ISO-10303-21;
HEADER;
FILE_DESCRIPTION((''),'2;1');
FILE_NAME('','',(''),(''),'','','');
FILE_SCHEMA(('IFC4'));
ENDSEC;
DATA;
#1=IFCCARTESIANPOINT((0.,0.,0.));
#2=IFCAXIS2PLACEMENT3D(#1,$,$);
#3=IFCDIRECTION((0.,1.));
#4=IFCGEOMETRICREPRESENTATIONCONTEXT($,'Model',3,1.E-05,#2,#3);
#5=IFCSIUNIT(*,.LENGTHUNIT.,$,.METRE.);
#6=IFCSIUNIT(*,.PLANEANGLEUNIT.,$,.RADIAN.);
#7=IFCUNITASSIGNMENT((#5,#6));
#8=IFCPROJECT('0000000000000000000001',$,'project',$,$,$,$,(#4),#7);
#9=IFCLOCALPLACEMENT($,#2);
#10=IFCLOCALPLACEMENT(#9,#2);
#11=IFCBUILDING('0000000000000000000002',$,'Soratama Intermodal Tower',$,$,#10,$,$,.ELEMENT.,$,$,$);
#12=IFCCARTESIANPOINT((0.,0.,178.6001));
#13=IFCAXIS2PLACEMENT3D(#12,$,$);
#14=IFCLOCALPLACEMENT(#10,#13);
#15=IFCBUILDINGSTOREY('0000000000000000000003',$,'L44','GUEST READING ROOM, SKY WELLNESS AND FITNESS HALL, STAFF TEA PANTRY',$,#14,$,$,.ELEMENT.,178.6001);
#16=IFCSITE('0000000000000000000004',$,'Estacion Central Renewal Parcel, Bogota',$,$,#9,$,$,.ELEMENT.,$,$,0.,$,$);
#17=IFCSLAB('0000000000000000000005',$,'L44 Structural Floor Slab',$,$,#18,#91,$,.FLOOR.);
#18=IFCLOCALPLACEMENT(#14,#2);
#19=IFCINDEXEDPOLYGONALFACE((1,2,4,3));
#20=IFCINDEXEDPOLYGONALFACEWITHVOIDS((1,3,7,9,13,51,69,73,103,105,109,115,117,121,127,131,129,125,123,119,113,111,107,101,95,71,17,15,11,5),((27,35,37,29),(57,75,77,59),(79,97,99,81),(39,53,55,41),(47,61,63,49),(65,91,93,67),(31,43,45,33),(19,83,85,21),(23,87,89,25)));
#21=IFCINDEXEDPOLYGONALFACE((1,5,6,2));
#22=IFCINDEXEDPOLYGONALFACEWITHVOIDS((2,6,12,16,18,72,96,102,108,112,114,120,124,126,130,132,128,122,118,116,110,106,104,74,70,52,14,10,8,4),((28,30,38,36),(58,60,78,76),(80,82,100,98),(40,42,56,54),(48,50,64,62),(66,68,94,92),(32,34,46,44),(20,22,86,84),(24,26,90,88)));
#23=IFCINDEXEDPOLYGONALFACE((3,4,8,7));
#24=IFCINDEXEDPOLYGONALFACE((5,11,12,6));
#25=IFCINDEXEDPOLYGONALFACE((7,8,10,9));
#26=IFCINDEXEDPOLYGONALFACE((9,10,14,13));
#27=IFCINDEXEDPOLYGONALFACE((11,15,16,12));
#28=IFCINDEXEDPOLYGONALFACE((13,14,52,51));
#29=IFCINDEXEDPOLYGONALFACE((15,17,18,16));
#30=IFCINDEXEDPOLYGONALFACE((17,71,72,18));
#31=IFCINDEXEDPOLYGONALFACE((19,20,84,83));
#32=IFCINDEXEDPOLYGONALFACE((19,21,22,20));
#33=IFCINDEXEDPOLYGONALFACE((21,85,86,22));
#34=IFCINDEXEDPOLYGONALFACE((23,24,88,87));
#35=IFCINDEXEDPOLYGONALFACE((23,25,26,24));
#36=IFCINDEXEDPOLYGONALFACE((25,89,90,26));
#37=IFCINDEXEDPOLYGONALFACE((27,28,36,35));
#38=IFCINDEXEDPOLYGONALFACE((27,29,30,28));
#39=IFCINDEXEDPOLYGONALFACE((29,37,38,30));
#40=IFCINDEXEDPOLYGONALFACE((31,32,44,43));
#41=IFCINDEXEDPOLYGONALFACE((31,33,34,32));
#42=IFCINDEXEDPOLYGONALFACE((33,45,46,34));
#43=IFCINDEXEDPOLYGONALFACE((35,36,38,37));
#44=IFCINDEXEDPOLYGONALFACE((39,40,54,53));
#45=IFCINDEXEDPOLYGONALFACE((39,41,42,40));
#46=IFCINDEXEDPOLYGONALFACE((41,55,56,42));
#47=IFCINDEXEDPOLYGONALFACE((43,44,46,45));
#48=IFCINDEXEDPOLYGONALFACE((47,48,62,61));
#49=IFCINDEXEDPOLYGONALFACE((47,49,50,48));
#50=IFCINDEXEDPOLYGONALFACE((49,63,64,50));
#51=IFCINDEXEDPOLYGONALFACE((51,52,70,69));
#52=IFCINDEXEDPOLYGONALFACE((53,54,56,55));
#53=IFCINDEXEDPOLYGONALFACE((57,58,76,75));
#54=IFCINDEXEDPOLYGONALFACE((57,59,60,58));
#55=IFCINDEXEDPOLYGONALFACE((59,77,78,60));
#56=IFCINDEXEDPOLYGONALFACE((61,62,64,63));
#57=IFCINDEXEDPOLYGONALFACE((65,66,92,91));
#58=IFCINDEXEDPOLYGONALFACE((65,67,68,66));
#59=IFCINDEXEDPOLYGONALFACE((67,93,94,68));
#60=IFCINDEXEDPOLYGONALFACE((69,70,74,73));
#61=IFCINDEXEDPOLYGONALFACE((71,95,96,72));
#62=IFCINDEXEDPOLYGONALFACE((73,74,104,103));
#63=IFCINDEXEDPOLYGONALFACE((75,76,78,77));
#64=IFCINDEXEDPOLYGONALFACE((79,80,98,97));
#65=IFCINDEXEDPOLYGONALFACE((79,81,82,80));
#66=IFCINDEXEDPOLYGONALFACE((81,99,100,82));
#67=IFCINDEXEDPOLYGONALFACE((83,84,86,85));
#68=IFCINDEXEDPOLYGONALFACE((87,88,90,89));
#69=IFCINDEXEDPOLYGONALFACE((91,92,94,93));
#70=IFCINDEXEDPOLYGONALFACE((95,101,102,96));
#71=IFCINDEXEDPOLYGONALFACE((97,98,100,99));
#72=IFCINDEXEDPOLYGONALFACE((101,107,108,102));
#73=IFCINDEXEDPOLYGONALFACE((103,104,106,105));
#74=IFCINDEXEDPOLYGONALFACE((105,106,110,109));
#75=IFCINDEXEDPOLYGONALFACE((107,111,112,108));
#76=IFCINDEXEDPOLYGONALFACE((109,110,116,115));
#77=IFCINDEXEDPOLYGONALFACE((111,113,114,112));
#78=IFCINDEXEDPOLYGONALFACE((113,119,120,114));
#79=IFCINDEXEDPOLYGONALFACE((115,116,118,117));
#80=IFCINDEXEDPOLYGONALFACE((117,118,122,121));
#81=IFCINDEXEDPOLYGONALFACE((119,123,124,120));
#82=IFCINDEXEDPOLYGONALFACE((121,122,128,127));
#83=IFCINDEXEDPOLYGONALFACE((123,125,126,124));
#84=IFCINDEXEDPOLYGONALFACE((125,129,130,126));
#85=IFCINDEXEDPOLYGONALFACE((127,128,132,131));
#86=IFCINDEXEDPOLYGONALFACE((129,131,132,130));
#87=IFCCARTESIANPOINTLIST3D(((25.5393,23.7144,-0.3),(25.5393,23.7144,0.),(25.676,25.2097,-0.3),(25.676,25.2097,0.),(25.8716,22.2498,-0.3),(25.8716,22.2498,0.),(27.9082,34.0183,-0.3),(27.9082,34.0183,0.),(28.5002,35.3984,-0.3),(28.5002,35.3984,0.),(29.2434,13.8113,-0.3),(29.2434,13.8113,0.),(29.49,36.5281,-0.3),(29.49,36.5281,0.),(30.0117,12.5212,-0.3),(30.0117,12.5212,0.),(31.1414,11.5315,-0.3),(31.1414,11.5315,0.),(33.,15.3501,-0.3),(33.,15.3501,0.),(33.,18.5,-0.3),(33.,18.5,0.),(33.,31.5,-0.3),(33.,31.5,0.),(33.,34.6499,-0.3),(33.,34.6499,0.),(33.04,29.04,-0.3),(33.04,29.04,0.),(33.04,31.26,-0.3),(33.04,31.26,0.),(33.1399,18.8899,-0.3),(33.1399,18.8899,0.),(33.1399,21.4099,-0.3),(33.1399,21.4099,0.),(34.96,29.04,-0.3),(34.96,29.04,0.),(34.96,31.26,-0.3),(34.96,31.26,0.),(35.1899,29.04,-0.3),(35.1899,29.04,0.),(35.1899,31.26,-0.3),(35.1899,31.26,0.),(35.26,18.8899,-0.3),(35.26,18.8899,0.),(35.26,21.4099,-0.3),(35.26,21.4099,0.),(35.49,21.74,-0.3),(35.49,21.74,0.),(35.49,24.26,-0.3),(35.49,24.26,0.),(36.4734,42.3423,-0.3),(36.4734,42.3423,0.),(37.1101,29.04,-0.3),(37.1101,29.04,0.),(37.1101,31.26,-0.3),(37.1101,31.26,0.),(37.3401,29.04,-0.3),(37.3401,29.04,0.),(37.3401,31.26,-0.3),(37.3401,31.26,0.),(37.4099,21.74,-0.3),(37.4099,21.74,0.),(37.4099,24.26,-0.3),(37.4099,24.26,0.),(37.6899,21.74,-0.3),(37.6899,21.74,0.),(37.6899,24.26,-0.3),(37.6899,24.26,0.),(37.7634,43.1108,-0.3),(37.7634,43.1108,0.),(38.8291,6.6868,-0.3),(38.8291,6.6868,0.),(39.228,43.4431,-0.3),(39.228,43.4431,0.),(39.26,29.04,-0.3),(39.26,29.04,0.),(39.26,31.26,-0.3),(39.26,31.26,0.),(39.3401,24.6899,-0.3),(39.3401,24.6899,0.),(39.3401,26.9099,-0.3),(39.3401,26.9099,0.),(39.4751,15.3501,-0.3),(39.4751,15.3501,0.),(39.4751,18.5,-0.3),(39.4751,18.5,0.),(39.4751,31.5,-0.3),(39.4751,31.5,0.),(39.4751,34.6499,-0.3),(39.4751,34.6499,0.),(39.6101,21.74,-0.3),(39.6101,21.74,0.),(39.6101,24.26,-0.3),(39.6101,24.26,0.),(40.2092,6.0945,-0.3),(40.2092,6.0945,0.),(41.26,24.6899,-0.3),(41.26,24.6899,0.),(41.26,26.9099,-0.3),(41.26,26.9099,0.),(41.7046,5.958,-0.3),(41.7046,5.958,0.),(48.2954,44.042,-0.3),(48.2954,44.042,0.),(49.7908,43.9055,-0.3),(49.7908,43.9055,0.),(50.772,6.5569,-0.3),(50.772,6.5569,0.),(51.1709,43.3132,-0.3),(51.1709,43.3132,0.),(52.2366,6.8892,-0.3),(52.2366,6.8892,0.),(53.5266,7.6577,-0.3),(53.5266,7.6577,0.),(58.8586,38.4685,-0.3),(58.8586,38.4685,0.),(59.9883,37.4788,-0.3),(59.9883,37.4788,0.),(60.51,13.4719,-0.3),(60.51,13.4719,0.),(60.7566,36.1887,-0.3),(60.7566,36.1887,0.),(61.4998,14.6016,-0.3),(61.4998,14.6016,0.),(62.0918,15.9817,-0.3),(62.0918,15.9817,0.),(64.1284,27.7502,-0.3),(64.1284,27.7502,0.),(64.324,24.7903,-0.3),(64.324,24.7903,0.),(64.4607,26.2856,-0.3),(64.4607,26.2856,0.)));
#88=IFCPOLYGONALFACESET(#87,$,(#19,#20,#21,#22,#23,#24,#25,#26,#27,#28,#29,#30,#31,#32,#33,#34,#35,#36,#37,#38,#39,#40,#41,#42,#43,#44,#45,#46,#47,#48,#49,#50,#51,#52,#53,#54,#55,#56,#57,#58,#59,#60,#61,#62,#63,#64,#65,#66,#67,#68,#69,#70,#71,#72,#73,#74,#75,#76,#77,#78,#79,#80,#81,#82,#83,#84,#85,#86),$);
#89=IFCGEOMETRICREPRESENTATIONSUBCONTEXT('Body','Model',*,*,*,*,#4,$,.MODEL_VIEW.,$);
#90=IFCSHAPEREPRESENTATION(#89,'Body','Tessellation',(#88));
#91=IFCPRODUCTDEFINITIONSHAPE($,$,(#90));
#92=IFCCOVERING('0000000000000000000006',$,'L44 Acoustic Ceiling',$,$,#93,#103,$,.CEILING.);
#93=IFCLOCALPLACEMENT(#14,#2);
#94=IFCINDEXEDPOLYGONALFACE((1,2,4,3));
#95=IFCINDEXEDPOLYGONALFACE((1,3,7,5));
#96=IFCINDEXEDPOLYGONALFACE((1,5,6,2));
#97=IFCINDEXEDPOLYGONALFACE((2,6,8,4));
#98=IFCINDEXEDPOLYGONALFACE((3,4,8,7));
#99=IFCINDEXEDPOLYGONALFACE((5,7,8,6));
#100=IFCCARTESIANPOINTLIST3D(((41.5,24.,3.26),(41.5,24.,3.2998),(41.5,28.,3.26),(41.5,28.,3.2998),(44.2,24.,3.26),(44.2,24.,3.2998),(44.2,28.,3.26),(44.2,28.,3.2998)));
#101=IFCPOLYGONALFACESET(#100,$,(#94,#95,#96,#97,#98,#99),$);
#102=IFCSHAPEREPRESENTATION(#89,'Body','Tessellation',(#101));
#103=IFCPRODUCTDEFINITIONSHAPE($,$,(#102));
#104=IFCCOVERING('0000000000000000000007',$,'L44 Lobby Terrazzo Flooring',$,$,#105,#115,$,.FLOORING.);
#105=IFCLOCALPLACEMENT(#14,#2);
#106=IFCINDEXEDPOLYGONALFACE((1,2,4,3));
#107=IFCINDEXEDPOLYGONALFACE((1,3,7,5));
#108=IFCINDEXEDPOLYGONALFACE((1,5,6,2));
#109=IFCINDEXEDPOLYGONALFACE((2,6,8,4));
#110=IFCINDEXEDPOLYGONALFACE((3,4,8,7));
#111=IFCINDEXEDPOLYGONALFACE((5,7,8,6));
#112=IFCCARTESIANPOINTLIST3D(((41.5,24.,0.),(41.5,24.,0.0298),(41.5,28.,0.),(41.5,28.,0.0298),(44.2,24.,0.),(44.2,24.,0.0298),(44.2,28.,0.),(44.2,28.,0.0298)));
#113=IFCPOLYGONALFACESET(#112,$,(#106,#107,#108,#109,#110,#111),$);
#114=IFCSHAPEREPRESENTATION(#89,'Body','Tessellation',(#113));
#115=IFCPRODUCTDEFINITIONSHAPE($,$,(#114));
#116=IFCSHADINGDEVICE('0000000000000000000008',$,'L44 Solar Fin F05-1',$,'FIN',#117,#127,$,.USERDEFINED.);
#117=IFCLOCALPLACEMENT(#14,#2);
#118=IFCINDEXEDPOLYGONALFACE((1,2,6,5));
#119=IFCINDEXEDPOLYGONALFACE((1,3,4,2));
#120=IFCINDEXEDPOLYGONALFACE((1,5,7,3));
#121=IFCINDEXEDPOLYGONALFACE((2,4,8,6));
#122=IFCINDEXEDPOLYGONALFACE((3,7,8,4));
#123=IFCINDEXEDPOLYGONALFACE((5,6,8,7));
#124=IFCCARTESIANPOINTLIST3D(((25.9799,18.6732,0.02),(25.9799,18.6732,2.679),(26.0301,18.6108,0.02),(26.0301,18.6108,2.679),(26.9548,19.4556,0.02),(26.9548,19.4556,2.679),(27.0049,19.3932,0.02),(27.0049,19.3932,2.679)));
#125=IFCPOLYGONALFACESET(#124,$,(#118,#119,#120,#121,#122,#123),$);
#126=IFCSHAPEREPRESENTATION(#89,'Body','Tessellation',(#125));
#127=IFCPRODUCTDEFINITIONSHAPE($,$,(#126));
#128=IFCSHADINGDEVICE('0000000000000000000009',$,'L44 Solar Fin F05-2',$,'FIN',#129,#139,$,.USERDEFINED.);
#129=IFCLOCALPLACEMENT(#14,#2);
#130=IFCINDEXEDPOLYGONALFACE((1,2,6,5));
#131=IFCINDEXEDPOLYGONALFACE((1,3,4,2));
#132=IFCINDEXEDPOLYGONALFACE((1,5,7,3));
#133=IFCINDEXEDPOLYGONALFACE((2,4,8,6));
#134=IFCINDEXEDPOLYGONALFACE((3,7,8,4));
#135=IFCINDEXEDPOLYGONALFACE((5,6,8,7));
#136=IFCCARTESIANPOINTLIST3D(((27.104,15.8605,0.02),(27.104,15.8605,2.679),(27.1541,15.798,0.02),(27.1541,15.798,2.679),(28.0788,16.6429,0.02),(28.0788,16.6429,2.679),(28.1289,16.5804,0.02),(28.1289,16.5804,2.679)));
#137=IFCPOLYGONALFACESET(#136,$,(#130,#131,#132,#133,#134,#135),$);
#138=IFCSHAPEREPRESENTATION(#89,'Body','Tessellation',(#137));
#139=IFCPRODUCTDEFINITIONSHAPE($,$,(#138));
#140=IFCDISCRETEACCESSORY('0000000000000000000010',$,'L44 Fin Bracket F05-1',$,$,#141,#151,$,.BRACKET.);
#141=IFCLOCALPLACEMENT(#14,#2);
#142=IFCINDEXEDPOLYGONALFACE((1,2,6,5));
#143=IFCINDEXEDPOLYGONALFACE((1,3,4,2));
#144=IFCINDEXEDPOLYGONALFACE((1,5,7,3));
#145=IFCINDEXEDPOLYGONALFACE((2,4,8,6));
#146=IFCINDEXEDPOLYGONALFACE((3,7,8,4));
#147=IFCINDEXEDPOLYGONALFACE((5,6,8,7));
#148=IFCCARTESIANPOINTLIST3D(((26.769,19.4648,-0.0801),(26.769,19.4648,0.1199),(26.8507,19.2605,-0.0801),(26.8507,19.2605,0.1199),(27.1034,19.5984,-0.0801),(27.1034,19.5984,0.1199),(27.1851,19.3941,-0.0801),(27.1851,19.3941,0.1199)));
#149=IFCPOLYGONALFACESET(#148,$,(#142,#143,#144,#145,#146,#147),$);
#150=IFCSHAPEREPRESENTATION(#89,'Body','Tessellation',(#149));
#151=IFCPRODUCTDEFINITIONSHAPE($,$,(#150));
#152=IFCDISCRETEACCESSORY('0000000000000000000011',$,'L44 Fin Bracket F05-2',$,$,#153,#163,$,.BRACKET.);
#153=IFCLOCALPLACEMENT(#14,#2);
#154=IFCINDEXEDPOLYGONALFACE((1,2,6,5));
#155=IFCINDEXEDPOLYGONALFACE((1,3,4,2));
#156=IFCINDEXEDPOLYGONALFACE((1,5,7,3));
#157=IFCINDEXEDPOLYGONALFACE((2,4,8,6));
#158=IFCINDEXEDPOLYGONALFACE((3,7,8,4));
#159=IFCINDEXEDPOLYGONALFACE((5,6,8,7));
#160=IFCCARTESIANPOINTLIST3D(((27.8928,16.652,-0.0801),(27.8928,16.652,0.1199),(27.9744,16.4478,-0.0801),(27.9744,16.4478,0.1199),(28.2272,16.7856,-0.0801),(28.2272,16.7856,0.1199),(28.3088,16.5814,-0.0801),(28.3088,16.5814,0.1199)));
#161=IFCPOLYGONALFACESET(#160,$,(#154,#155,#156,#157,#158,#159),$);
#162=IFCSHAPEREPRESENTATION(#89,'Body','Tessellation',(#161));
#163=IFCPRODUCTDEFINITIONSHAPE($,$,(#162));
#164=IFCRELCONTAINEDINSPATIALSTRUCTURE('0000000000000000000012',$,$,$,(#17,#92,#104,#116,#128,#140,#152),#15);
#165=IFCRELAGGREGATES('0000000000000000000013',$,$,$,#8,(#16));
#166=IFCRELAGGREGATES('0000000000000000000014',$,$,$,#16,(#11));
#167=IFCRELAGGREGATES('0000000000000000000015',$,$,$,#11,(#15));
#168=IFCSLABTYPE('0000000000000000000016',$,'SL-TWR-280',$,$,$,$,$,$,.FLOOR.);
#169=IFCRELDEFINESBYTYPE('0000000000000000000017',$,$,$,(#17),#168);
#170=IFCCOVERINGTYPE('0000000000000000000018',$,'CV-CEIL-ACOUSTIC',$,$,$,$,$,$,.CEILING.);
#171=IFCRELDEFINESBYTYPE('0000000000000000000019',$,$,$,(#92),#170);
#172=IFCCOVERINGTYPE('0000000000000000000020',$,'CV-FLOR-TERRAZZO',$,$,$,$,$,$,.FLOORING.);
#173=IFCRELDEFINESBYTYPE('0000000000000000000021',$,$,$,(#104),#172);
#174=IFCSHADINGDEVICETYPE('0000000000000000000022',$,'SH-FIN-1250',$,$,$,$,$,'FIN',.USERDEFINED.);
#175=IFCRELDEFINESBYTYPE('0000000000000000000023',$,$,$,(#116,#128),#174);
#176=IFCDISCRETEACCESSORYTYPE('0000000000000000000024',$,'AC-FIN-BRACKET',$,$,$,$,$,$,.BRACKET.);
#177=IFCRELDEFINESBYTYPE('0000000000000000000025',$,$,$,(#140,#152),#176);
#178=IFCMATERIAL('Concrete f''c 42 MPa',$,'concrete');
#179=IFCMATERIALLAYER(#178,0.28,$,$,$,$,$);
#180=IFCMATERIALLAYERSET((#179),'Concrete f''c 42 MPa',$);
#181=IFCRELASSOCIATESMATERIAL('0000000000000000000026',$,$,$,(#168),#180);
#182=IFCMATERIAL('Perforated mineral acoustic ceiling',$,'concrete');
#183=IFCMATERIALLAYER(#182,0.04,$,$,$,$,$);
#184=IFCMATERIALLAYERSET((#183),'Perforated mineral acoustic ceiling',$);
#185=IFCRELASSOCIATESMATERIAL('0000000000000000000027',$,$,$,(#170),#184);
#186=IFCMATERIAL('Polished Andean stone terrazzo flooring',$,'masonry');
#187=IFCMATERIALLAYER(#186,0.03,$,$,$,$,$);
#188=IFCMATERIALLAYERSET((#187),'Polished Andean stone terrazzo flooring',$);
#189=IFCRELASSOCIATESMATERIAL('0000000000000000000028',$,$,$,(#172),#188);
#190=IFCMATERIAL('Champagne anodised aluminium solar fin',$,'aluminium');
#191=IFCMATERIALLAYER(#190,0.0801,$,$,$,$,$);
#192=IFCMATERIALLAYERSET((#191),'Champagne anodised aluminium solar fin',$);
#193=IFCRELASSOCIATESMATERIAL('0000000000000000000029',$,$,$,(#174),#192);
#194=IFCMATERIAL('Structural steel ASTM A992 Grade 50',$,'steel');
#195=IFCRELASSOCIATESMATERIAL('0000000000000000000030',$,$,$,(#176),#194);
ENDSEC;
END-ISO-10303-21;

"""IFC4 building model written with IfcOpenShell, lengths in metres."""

from ifc_helpers import new_model, si_unit, direction, frame, origin, origin_2d, place, context, subcontext, project, spatial, polyline, rectangle, outline, extrude, material, layer, layer_set, type_object, element, save


model = new_model("IFC4")

# Units and contexts
model_context = context("Model", 3, precision=1e-05, world=origin(), true_north=direction((0.0, 1.0)))
body_context = subcontext(model_context, "Body", "Model", "MODEL_VIEW")
ifc_project = project(units=[si_unit("LENGTHUNIT", "METRE"), si_unit("PLANEANGLEUNIT", "RADIAN")], contexts=[model_context])

# Site, building, storey
site_placement = place(None, origin())
site = spatial("IfcSite", under=ifc_project, at=site_placement, Name="Estacion Central Renewal Parcel, Bogota", CompositionType="ELEMENT", RefElevation=0.0)
building_placement = place(site_placement, origin())
building = spatial("IfcBuilding", under=site, at=building_placement, Name="Soratama Intermodal Tower", CompositionType="ELEMENT")
storey_placement = place(building_placement, frame((0.0, 0.0, 178.6001)))
storey = spatial("IfcBuildingStorey", under=building, at=storey_placement, Name="L44", Description="GUEST READING ROOM, SKY WELLNESS AND FITNESS HALL, STAFF TEA PANTRY", CompositionType="ELEMENT", Elevation=178.6001)

# Slab
ifc_material_1 = material(Name="Concrete f'c 42 MPa", Category="concrete")
ifc_layer_1 = layer(ifc_material_1, 0.28)
ifc_layer_set_1 = layer_set([ifc_layer_1], Name="Concrete f'c 42 MPa")
slab_type_1 = type_object("IfcSlabType", Name="SL-TWR-280", PredefinedType="FLOOR", material=ifc_layer_set_1)
slab_1_placement = place(storey_placement, frame((0.0, 0.0, -0.3)))
element("IfcSlab", 1, at=slab_1_placement, inside=storey, type_object=slab_type_1, Name="L44 Structural Floor Slab", PredefinedType="FLOOR", context=body_context, shape_type="SweptSolid", body=[
    extrude(outline(polyline([(60.7566, 36.1887), (59.9883, 37.4788), (58.8586, 38.4685), (51.1709, 43.3132), (49.7908, 43.9055), (48.2954, 44.042), (39.228, 43.4431), (37.7634, 43.1108), (36.4734, 42.3423), (29.49, 36.5281), (28.5002, 35.3984), (27.9082, 34.0183), (25.676, 25.2097), (25.5393, 23.7144), (25.8716, 22.2498), (29.2434, 13.8113), (30.0117, 12.5212), (31.1414, 11.5315), (38.8291, 6.6868), (40.2092, 6.0945), (41.7046, 5.958), (50.772, 6.5569), (52.2366, 6.8892), (53.5266, 7.6577), (60.51, 13.4719), (61.4998, 14.6016), (62.0918, 15.9817), (64.324, 24.7903), (64.4607, 26.2856), (64.1284, 27.7502), (60.7566, 36.1887)]), holes=[polyline([(33.0, 18.5), (33.0, 15.3501), (39.4751, 15.3501), (39.4751, 18.5), (33.0, 18.5)]), polyline([(35.26, 21.4099), (33.1399, 21.4099), (33.1399, 18.8899), (35.26, 18.8899), (35.26, 21.4099)]), polyline([(37.4099, 24.26), (35.49, 24.26), (35.49, 21.74), (37.4099, 21.74), (37.4099, 24.26)]), polyline([(39.6101, 24.26), (37.6899, 24.26), (37.6899, 21.74), (39.6101, 21.74), (39.6101, 24.26)]), polyline([(41.26, 26.9099), (39.3401, 26.9099), (39.3401, 24.6899), (41.26, 24.6899), (41.26, 26.9099)]), polyline([(34.96, 31.26), (33.04, 31.26), (33.04, 29.04), (34.96, 29.04), (34.96, 31.26)]), polyline([(37.1101, 31.26), (35.1899, 31.26), (35.1899, 29.04), (37.1101, 29.04), (37.1101, 31.26)]), polyline([(39.26, 29.04), (39.26, 31.26), (37.3401, 31.26), (37.3401, 29.04), (39.26, 29.04)]), polyline([(39.4751, 34.6499), (33.0, 34.6499), (33.0, 31.5), (39.4751, 31.5), (39.4751, 34.6499)])]), origin(), (0.0, 0.0, 1.0), 0.3),
])

# Coverings
ifc_material_2 = material(Name="Perforated mineral acoustic ceiling", Category="concrete")
ifc_layer_2 = layer(ifc_material_2, 0.04)
ifc_layer_set_2 = layer_set([ifc_layer_2], Name="Perforated mineral acoustic ceiling")
covering_type_1 = type_object("IfcCoveringType", Name="CV-CEIL-ACOUSTIC", PredefinedType="CEILING", material=ifc_layer_set_2)
covering_1_placement = place(storey_placement, frame((0.0, 0.0, 3.26)))
element("IfcCovering", 2, at=covering_1_placement, inside=storey, type_object=covering_type_1, Name="L44 Acoustic Ceiling", PredefinedType="CEILING", context=body_context, shape_type="SweptSolid", body=[
    extrude(outline(polyline([(41.5, 24.0), (44.2, 24.0), (44.2, 28.0), (41.5, 28.0), (41.5, 24.0)])), origin(), (0.0, 0.0, 1.0), 0.0398),
])
ifc_material_3 = material(Name="Polished Andean stone terrazzo flooring", Category="masonry")
ifc_layer_3 = layer(ifc_material_3, 0.03)
ifc_layer_set_3 = layer_set([ifc_layer_3], Name="Polished Andean stone terrazzo flooring")
covering_type_2 = type_object("IfcCoveringType", Name="CV-FLOR-TERRAZZO", PredefinedType="FLOORING", material=ifc_layer_set_3)
covering_2_placement = place(storey_placement, origin())
element("IfcCovering", 3, at=covering_2_placement, inside=storey, type_object=covering_type_2, Name="L44 Lobby Terrazzo Flooring", PredefinedType="FLOORING", context=body_context, shape_type="SweptSolid", body=[
    extrude(outline(polyline([(41.5, 24.0), (44.2, 24.0), (44.2, 28.0), (41.5, 28.0), (41.5, 24.0)])), origin(), (0.0, 0.0, 1.0), 0.0298),
])

# Shading devices
ifc_material_4 = material(Name="Champagne anodised aluminium solar fin", Category="aluminium")
ifc_layer_4 = layer(ifc_material_4, 0.0801)
ifc_layer_set_4 = layer_set([ifc_layer_4], Name="Champagne anodised aluminium solar fin")
shading_device_type = type_object("IfcShadingDeviceType", Name="SH-FIN-1250", ElementType="FIN", PredefinedType="USERDEFINED", material=ifc_layer_set_4)
for number, where, z_axis, x_axis, name in (
    (4, (26.4924, 19.0332, 0.02), (0.0, 0.0, 1.0), (-0.779884, -0.625923, 0.0), "L44 Solar Fin F05-1"),
    (5, (27.6165, 16.2205, 0.02), (0.0, 0.0, 1.0), (-0.779884, -0.625923, 0.0), "L44 Solar Fin F05-2"),
):
    element("IfcShadingDevice", number, at=place(storey_placement, frame(where, z_axis=z_axis, x_axis=x_axis)), inside=storey, type_object=shading_device_type, Name=name, ObjectType="FIN", PredefinedType="USERDEFINED", context=body_context, shape_type="SweptSolid", body=[
        extrude(rectangle(XDim=1.25, YDim=0.0801, at=origin_2d()), origin(), (0.0, 0.0, 1.0), 2.6589),
    ])

# Discrete accessories
ifc_material_5 = material(Name="Structural steel ASTM A992 Grade 50", Category="steel")
discrete_accessory_type = type_object("IfcDiscreteAccessoryType", Name="AC-FIN-BRACKET", PredefinedType="BRACKET", material=ifc_material_5)
for number, where, z_axis, x_axis, name in (
    (6, (26.9771, 19.4294, -0.0801), (0.0, 0.0, 1.0), (-0.928615, -0.371044, 0.0), "L44 Fin Bracket F05-1"),
    (7, (28.1008, 16.6167, -0.0801), (0.0, 0.0, 1.0), (-0.928615, -0.371044, 0.0), "L44 Fin Bracket F05-2"),
):
    element("IfcDiscreteAccessory", number, at=place(storey_placement, frame(where, z_axis=z_axis, x_axis=x_axis)), inside=storey, type_object=discrete_accessory_type, Name=name, PredefinedType="BRACKET", context=body_context, shape_type="SweptSolid", body=[
        extrude(rectangle(XDim=0.3601, YDim=0.22, at=origin_2d()), origin(), (0.0, 0.0, 1.0), 0.2),
    ])

save(model, "model.ifc")
